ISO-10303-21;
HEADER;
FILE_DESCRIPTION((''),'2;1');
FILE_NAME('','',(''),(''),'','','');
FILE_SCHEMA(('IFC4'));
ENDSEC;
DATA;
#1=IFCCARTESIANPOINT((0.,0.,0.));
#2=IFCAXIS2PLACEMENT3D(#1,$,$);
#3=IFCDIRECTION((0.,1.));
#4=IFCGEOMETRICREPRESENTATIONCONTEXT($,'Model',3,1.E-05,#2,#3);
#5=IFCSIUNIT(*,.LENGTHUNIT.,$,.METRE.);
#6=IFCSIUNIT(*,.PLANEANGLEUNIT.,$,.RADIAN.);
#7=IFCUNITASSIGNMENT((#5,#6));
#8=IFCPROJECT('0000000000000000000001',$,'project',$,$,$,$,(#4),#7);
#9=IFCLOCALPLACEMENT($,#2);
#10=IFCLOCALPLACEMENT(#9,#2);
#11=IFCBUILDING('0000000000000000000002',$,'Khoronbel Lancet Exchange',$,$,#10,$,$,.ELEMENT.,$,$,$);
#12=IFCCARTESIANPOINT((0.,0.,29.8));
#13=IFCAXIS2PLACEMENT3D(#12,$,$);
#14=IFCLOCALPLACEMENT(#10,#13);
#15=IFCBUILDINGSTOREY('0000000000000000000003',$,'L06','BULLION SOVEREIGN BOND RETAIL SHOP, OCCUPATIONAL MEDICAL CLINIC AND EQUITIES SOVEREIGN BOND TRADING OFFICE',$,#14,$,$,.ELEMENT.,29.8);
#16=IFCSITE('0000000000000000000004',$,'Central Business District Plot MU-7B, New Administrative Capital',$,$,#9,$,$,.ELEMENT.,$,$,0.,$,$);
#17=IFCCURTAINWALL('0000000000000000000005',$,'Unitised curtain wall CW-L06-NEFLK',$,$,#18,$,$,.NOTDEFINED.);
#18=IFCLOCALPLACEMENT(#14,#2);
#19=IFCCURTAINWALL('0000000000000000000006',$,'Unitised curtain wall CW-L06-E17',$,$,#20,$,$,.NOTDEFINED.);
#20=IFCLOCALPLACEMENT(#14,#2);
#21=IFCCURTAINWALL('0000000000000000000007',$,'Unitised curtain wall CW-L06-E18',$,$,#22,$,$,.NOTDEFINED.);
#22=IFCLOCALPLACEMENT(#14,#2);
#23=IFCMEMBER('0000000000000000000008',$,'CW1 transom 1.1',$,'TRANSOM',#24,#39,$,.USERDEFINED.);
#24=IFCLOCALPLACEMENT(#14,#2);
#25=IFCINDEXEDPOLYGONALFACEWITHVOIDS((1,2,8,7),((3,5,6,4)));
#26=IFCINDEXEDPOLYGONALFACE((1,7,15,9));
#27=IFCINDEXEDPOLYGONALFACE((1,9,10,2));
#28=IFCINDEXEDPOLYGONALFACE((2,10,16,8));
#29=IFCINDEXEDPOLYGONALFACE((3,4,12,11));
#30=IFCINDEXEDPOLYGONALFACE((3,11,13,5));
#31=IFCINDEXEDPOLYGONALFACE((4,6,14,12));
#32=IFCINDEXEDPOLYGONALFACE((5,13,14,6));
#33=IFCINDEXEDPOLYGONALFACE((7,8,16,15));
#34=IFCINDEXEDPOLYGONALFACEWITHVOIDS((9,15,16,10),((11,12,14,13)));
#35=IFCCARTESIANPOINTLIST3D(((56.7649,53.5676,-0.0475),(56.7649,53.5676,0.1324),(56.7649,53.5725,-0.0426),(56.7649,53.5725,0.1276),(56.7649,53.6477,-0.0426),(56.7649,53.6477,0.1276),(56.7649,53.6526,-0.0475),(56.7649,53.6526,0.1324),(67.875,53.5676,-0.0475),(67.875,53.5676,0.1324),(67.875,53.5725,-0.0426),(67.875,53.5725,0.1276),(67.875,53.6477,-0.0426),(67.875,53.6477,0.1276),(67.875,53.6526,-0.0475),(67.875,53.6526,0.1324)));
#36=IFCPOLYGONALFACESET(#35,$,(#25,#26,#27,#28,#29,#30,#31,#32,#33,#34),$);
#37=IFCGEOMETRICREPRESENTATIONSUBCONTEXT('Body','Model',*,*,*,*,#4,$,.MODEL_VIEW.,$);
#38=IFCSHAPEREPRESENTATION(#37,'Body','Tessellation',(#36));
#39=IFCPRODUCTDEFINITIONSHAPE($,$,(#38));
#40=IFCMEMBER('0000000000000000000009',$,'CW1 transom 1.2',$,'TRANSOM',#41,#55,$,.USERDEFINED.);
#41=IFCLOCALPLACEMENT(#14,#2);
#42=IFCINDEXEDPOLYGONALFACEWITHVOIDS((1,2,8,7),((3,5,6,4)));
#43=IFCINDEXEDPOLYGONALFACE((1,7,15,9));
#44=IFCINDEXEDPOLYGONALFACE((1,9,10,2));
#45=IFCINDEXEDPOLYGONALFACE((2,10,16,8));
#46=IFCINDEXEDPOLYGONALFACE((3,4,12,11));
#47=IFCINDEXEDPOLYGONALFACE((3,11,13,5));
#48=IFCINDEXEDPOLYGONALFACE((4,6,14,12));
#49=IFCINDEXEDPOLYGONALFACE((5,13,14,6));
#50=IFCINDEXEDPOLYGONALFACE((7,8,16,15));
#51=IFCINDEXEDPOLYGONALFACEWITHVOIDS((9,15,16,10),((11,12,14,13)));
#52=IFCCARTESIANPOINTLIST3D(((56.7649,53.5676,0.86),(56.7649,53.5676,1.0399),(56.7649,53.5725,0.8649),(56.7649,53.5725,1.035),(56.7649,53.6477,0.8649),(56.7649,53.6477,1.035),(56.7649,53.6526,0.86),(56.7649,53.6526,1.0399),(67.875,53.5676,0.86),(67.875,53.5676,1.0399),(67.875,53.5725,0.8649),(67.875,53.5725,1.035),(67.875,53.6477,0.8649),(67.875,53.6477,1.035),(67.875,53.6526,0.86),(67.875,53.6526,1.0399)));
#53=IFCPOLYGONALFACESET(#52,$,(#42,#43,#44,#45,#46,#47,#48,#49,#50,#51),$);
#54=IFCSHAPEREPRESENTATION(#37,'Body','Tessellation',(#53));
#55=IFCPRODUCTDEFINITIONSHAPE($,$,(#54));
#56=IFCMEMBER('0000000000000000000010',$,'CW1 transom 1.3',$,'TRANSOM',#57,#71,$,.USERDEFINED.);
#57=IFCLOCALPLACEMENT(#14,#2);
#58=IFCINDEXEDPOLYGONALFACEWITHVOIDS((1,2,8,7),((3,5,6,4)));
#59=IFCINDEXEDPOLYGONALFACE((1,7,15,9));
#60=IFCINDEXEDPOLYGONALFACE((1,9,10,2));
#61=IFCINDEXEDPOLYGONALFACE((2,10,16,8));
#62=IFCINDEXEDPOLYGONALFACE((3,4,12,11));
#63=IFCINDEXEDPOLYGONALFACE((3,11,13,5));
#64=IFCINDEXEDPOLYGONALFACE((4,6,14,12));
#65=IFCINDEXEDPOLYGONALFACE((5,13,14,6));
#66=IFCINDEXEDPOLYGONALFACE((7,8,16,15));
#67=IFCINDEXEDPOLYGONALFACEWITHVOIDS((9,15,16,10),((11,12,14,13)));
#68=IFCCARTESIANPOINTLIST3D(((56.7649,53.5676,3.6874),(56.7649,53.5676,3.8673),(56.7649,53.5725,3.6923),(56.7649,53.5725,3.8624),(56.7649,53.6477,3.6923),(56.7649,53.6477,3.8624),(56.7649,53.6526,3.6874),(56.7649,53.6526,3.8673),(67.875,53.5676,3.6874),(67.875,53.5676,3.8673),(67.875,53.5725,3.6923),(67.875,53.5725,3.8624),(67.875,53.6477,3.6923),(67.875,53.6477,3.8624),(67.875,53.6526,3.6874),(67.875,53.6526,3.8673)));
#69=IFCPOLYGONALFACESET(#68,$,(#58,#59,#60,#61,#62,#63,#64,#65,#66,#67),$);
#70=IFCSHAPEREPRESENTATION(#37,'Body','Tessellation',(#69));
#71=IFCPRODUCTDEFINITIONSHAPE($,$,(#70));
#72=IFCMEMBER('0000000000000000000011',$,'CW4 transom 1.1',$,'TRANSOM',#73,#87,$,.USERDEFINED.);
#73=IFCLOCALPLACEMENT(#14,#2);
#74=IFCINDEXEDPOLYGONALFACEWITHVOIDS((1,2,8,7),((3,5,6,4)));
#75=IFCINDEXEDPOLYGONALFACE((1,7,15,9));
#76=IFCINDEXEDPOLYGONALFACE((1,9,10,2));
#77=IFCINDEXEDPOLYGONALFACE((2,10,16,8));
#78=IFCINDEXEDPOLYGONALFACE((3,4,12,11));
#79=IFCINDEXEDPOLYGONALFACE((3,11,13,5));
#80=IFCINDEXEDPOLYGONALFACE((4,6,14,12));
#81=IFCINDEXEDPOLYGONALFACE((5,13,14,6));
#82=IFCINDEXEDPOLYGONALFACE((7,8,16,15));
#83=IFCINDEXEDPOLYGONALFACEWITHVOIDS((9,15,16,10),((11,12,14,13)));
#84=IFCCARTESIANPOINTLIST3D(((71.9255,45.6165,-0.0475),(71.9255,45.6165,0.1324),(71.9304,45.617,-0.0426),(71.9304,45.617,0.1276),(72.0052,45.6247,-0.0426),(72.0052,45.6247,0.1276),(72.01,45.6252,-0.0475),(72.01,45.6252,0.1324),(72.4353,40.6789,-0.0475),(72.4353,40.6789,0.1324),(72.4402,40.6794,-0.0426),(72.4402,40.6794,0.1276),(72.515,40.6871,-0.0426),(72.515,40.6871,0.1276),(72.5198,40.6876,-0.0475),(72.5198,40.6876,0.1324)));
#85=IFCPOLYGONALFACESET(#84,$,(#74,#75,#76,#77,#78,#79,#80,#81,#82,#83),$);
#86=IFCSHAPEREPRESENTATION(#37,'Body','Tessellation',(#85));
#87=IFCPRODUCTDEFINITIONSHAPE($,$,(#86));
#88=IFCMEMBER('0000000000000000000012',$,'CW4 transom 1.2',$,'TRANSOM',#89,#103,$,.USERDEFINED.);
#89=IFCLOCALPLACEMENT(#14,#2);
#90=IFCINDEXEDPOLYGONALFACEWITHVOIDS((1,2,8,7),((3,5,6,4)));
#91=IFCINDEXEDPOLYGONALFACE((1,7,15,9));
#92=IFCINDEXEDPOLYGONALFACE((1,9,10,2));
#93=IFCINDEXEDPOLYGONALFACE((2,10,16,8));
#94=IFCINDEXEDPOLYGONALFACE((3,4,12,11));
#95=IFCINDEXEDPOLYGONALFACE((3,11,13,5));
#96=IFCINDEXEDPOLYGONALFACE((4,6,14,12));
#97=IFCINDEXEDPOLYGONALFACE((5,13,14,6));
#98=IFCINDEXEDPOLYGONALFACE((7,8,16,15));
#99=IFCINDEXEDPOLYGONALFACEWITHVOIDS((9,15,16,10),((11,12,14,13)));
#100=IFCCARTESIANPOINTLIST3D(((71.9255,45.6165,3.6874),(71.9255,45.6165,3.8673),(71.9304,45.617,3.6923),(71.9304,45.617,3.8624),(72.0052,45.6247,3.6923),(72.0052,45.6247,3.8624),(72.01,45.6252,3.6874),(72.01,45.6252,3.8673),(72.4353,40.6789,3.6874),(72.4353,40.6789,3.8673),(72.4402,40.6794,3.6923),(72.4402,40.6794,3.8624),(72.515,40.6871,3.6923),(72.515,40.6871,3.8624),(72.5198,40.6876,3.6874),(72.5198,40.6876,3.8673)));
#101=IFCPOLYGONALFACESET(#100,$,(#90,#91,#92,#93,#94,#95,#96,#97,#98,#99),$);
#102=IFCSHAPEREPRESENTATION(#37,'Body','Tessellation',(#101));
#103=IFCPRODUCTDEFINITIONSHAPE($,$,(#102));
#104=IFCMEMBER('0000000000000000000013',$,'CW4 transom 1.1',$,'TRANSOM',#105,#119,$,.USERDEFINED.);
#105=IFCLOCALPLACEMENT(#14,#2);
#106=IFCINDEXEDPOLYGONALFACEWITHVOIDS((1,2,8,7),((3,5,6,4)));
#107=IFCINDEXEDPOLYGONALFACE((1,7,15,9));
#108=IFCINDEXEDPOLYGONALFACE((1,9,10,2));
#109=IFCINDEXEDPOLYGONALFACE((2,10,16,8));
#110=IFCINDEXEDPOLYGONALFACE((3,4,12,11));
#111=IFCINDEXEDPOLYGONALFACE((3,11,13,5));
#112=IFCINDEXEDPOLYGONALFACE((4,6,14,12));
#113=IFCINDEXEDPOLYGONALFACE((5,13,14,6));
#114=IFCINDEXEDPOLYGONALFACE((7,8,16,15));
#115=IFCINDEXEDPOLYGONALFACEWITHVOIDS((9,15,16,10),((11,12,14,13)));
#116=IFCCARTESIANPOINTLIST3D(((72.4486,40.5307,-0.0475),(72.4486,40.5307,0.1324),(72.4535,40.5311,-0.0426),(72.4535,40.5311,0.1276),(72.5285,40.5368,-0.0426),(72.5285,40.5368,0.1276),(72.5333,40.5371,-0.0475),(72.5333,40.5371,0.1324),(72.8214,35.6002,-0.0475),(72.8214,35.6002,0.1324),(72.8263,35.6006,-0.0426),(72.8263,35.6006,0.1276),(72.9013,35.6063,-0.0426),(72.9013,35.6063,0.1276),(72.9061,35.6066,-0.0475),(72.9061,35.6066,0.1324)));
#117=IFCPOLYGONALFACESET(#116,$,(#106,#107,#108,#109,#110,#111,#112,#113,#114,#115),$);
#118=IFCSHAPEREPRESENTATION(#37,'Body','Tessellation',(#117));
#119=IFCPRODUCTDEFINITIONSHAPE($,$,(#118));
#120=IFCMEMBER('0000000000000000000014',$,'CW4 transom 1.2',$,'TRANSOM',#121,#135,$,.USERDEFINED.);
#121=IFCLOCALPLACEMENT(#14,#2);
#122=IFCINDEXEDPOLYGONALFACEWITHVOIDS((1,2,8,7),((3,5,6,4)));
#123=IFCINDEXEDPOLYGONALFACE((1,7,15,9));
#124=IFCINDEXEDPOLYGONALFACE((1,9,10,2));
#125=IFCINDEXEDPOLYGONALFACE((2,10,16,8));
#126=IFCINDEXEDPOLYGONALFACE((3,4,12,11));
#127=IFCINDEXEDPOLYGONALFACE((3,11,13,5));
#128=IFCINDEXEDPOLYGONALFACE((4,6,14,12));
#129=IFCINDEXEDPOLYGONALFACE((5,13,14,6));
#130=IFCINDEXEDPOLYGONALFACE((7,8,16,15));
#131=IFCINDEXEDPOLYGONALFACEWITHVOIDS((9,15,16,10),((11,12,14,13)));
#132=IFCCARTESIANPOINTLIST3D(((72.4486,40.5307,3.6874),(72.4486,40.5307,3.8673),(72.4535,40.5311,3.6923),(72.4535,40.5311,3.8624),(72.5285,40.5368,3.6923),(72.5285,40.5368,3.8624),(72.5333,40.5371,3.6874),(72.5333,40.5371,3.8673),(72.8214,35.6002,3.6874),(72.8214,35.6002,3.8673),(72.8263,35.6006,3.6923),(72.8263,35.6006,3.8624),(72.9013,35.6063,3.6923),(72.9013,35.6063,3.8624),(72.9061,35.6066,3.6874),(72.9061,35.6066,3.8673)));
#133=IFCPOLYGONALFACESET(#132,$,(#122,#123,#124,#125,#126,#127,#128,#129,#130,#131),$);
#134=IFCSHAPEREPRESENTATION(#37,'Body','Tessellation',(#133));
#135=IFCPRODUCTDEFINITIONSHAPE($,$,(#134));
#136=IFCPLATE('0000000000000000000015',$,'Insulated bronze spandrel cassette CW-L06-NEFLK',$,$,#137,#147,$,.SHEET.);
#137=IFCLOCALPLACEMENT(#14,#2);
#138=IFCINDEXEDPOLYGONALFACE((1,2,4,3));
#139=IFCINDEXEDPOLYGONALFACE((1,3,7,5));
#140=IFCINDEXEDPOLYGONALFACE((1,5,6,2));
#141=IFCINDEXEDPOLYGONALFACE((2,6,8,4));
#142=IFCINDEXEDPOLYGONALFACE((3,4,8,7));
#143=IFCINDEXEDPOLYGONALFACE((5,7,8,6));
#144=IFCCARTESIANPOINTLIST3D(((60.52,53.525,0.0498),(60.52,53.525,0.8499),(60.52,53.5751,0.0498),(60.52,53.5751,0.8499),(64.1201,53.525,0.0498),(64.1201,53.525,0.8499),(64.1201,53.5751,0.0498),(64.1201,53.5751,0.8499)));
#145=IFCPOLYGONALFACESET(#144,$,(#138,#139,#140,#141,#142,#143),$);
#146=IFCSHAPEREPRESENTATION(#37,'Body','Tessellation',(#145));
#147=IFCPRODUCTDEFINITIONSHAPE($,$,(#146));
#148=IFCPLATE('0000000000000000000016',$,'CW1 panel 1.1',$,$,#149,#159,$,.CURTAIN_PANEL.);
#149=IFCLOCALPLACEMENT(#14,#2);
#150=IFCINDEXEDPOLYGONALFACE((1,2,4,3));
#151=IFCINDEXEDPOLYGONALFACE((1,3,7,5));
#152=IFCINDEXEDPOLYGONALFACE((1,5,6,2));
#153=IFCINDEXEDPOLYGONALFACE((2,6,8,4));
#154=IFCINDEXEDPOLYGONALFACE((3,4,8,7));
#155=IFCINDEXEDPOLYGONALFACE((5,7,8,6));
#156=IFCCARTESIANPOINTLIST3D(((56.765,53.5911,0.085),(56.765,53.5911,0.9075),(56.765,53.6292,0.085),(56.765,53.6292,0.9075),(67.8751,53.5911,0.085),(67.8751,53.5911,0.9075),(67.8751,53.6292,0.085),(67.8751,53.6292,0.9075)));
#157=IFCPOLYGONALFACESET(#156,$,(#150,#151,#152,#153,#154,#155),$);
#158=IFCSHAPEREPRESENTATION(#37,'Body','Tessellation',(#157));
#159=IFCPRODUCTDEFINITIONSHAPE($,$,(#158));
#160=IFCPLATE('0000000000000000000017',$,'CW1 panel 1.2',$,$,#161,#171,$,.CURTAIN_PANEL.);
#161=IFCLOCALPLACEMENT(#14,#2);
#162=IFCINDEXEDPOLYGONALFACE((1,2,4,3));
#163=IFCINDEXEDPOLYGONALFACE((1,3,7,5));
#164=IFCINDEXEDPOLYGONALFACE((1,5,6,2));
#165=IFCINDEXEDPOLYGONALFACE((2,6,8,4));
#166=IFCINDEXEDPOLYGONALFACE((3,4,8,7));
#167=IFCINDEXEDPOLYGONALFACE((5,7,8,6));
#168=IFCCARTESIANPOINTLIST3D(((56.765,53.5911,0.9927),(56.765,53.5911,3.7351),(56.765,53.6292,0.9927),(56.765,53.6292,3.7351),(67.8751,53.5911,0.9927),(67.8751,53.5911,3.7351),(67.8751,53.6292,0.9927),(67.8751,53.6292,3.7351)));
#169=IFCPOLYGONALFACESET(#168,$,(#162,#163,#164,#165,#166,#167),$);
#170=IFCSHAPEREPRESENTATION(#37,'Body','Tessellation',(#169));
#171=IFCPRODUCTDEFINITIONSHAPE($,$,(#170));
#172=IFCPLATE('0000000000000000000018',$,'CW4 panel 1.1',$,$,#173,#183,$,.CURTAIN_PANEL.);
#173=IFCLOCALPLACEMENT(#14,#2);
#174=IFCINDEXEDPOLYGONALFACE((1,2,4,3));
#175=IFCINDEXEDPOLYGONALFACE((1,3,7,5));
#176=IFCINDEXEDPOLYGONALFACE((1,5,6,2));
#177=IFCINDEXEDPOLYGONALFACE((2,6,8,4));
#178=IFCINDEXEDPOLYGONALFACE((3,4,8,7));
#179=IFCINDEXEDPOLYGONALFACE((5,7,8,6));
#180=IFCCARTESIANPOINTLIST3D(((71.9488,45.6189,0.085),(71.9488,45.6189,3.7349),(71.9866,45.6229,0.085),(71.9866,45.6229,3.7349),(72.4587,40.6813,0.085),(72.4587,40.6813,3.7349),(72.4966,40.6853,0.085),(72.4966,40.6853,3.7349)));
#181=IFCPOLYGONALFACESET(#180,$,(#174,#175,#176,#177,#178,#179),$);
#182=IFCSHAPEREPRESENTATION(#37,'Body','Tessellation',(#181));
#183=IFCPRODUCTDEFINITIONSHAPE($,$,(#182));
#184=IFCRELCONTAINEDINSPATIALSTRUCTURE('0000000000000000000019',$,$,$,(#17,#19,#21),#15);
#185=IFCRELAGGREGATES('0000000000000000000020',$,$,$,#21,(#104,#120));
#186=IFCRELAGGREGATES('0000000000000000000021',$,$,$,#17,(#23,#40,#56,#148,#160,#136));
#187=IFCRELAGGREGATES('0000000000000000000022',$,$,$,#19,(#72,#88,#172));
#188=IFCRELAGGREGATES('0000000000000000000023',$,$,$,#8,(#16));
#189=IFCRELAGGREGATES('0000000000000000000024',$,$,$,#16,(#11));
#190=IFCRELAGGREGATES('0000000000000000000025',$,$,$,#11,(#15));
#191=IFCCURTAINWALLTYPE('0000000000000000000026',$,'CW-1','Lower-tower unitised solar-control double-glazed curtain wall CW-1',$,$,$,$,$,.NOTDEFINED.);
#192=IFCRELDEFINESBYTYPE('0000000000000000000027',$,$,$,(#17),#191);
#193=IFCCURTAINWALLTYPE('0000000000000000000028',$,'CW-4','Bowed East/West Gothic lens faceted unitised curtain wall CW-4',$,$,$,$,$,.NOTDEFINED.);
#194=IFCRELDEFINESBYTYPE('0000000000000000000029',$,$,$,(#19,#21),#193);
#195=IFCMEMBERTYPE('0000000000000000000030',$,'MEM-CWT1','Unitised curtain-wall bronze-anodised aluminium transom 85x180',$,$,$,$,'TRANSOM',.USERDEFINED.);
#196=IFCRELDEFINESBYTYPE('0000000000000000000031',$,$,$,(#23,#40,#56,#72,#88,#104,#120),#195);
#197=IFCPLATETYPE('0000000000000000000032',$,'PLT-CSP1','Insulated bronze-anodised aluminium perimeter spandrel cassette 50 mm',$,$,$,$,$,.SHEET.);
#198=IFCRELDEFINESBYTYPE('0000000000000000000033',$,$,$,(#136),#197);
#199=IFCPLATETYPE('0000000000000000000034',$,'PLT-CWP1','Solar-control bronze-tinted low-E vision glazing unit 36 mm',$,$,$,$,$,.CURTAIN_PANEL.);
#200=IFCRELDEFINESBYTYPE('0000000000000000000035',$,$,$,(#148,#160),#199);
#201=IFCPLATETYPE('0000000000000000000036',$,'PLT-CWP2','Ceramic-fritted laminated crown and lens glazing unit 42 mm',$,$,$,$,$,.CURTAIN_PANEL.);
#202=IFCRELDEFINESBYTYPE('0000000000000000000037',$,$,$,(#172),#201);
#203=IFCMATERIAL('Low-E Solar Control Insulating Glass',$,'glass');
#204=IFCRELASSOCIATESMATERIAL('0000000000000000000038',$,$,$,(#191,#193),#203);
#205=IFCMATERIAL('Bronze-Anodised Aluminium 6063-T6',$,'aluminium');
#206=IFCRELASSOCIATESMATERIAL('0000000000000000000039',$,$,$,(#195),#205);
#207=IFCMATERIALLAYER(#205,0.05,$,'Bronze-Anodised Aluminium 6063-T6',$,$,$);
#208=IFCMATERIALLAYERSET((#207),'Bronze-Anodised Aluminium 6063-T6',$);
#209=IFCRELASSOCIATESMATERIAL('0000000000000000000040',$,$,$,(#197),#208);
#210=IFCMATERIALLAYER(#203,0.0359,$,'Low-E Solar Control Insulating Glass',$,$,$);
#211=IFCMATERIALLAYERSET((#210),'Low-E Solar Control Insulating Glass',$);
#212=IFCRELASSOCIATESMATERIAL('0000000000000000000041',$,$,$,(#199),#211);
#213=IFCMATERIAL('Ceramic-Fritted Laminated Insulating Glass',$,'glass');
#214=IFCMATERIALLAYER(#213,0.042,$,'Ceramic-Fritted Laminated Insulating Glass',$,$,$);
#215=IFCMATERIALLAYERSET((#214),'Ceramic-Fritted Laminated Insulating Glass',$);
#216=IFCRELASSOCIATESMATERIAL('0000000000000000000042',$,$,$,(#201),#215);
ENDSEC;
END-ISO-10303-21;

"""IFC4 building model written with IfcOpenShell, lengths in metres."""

from ifc_helpers import new_model, si_unit, direction, frame, origin, origin_2d, place, context, subcontext, project, spatial, rectangle, hollow_rectangle, extrude, material, layer, layer_set, material_profile, profile_set, type_object, element, aggregate, save


model = new_model("IFC4")

# Units and contexts
model_context = context("Model", 3, precision=1e-05, world=origin(), true_north=direction((0.0, 1.0)))
body_context = subcontext(model_context, "Body", "Model", "MODEL_VIEW")
ifc_project = project(units=[si_unit("LENGTHUNIT", "METRE"), si_unit("PLANEANGLEUNIT", "RADIAN")], contexts=[model_context])

# Site, building, storey
site_placement = place(None, origin())
site = spatial("IfcSite", under=ifc_project, at=site_placement, Name="Central Business District Plot MU-7B, New Administrative Capital", CompositionType="ELEMENT", RefElevation=0.0)
building_placement = place(site_placement, origin())
building = spatial("IfcBuilding", under=site, at=building_placement, Name="Khoronbel Lancet Exchange", CompositionType="ELEMENT")
storey_placement = place(building_placement, frame((0.0, 0.0, 29.8)))
storey = spatial("IfcBuildingStorey", under=building, at=storey_placement, Name="L06", Description="BULLION SOVEREIGN BOND RETAIL SHOP, OCCUPATIONAL MEDICAL CLINIC AND EQUITIES SOVEREIGN BOND TRADING OFFICE", CompositionType="ELEMENT", Elevation=29.8)

# Curtain walls
ifc_material_1 = material(Name="Low-E Solar Control Insulating Glass", Category="glass")
curtain_wall_type_1 = type_object("IfcCurtainWallType", Name="CW-1", Description="Lower-tower unitised solar-control double-glazed curtain wall CW-1", PredefinedType="NOTDEFINED", material=ifc_material_1)
curtain_wall_1_placement = place(storey_placement, origin())
curtain_wall_1 = element("IfcCurtainWall", 1, at=curtain_wall_1_placement, inside=storey, type_object=curtain_wall_type_1, Name="Unitised curtain wall CW-L06-NEFLK", PredefinedType="NOTDEFINED")
ifc_material_2 = material(Name="Bronze-Anodised Aluminium 6063-T6", Category="aluminium")
curtain_wall_type_2 = type_object("IfcCurtainWallType", Name="CW-4", Description="Bowed East/West Gothic lens faceted unitised curtain wall CW-4", PredefinedType="NOTDEFINED", material=ifc_material_1)
curtain_wall_2_placement = place(storey_placement, origin())
curtain_wall_2 = element("IfcCurtainWall", 2, at=curtain_wall_2_placement, inside=storey, type_object=curtain_wall_type_2, Name="Unitised curtain wall CW-L06-E17", PredefinedType="NOTDEFINED")

# Curtain wall
curtain_wall_3_placement = place(storey_placement, origin())
curtain_wall_3 = element("IfcCurtainWall", 3, at=curtain_wall_3_placement, inside=storey, type_object=curtain_wall_type_2, Name="Unitised curtain wall CW-L06-E18", PredefinedType="NOTDEFINED")

# Members
ifc_material_profile_1 = material_profile(ifc_material_2, hollow_rectangle(XDim=0.085, YDim=0.1799, WallThickness=0.0049, at=origin_2d()), Name="ALU TRANSOM 85x180")
ifc_profile_set_1 = profile_set([ifc_material_profile_1], Name="Bronze-Anodised Aluminium 6063-T6")
member_type_1 = type_object("IfcMemberType", Name="MEM-CWT1", Description="Unitised curtain-wall bronze-anodised aluminium transom 85x180", ElementType="TRANSOM", PredefinedType="USERDEFINED", material=ifc_profile_set_1)
member_1_placement = place(storey_placement, frame((67.875, 53.6101, 0.0425), z_axis=(-1.0, 0.0, 0.0), x_axis=(0.0, -1.0, 0.0)))
member_1 = element("IfcMember", 4, at=member_1_placement, type_object=member_type_1, Name="CW1 transom 1.1", ObjectType="TRANSOM", PredefinedType="USERDEFINED", context=body_context, shape_type="SweptSolid", body=[
    extrude(hollow_rectangle(XDim=0.085, YDim=0.1799, WallThickness=0.0049, at=origin_2d()), origin(), (0.0, 0.0, 1.0), 11.1101),
])
member_2_placement = place(storey_placement, frame((67.875, 53.6101, 0.95), z_axis=(-1.0, 0.0, 0.0), x_axis=(0.0, -1.0, 0.0)))
member_2 = element("IfcMember", 5, at=member_2_placement, type_object=member_type_1, Name="CW1 transom 1.2", ObjectType="TRANSOM", PredefinedType="USERDEFINED", context=body_context, shape_type="SweptSolid", body=[
    extrude(hollow_rectangle(XDim=0.085, YDim=0.1799, WallThickness=0.0049, at=origin_2d()), origin(), (0.0, 0.0, 1.0), 11.1101),
])
member_3_placement = place(storey_placement, frame((67.875, 53.6101, 3.7773), z_axis=(-1.0, 0.0, 0.0), x_axis=(0.0, -1.0, 0.0)))
member_3 = element("IfcMember", 6, at=member_3_placement, type_object=member_type_1, Name="CW1 transom 1.3", ObjectType="TRANSOM", PredefinedType="USERDEFINED", context=body_context, shape_type="SweptSolid", body=[
    extrude(hollow_rectangle(XDim=0.085, YDim=0.1799, WallThickness=0.0049, at=origin_2d()), origin(), (0.0, 0.0, 1.0), 11.1101),
])
member_4_placement = place(storey_placement, frame((71.9678, 45.6208, 0.0425), z_axis=(0.102698, -0.994713, 0.0), x_axis=(0.994713, 0.102698, 0.0)))
member_4 = element("IfcMember", 7, at=member_4_placement, type_object=member_type_1, Name="CW4 transom 1.1", ObjectType="TRANSOM", PredefinedType="USERDEFINED", context=body_context, shape_type="SweptSolid", body=[
    extrude(hollow_rectangle(XDim=0.085, YDim=0.1799, WallThickness=0.0049, at=origin_2d()), origin(), (0.0, 0.0, 1.0), 4.9639),
])
member_5_placement = place(storey_placement, frame((71.9678, 45.6208, 3.7773), z_axis=(0.102698, -0.994713, 0.0), x_axis=(0.994713, 0.102698, 0.0)))
member_5 = element("IfcMember", 8, at=member_5_placement, type_object=member_type_1, Name="CW4 transom 1.2", ObjectType="TRANSOM", PredefinedType="USERDEFINED", context=body_context, shape_type="SweptSolid", body=[
    extrude(hollow_rectangle(XDim=0.085, YDim=0.1799, WallThickness=0.0049, at=origin_2d()), origin(), (0.0, 0.0, 1.0), 4.9639),
])
member_6_placement = place(storey_placement, frame((72.491, 40.5339, 0.0425), z_axis=(0.075398, -0.997154, 0.0), x_axis=(0.997154, 0.075398, 0.0)))
member_6 = element("IfcMember", 9, at=member_6_placement, type_object=member_type_1, Name="CW4 transom 1.1", ObjectType="TRANSOM", PredefinedType="USERDEFINED", context=body_context, shape_type="SweptSolid", body=[
    extrude(hollow_rectangle(XDim=0.085, YDim=0.1799, WallThickness=0.0049, at=origin_2d()), origin(), (0.0, 0.0, 1.0), 4.9446),
])
member_7_placement = place(storey_placement, frame((72.491, 40.5339, 3.7773), z_axis=(0.075398, -0.997154, 0.0), x_axis=(0.997154, 0.075398, 0.0)))
member_7 = element("IfcMember", 10, at=member_7_placement, type_object=member_type_1, Name="CW4 transom 1.2", ObjectType="TRANSOM", PredefinedType="USERDEFINED", context=body_context, shape_type="SweptSolid", body=[
    extrude(hollow_rectangle(XDim=0.085, YDim=0.1799, WallThickness=0.0049, at=origin_2d()), origin(), (0.0, 0.0, 1.0), 4.9446),
])
aggregate(curtain_wall_3, [member_6, member_7])

# Plates
ifc_layer_1 = layer(ifc_material_2, 0.05, Name="Bronze-Anodised Aluminium 6063-T6")
ifc_layer_set_1 = layer_set([ifc_layer_1], Name="Bronze-Anodised Aluminium 6063-T6")
plate_type_1 = type_object("IfcPlateType", Name="PLT-CSP1", Description="Insulated bronze-anodised aluminium perimeter spandrel cassette 50 mm", PredefinedType="SHEET", material=ifc_layer_set_1)
plate_1_placement = place(storey_placement, frame((62.3201, 53.55, 0.0498), z_axis=(0.0, 0.0, 1.0), x_axis=(-1.0, 0.0, 0.0)))
plate_1 = element("IfcPlate", 11, at=plate_1_placement, type_object=plate_type_1, Name="Insulated bronze spandrel cassette CW-L06-NEFLK", PredefinedType="SHEET", context=body_context, shape_type="SweptSolid", body=[
    extrude(rectangle(XDim=3.6001, YDim=0.05, at=origin_2d()), origin(), (0.0, 0.0, 1.0), 0.8),
])
ifc_layer_2 = layer(ifc_material_1, 0.0359, Name="Low-E Solar Control Insulating Glass")
ifc_layer_set_2 = layer_set([ifc_layer_2], Name="Low-E Solar Control Insulating Glass")
plate_type_2 = type_object("IfcPlateType", Name="PLT-CWP1", Description="Solar-control bronze-tinted low-E vision glazing unit 36 mm", PredefinedType="CURTAIN_PANEL", material=ifc_layer_set_2)
plate_2_placement = place(storey_placement, frame((62.3201, 53.6101, 0.085), z_axis=(0.0, 0.0, 1.0), x_axis=(-1.0, 0.0, 0.0)))
plate_2 = element("IfcPlate", 12, at=plate_2_placement, type_object=plate_type_2, Name="CW1 panel 1.1", PredefinedType="CURTAIN_PANEL", context=body_context, shape_type="SweptSolid", body=[
    extrude(rectangle(XDim=11.1101, YDim=0.0381, at=origin_2d()), origin(), (0.0, 0.0, 1.0), 0.8225),
])
plate_3_placement = place(storey_placement, frame((62.3201, 53.6101, 0.9927), z_axis=(0.0, 0.0, 1.0), x_axis=(-1.0, 0.0, 0.0)))
plate_3 = element("IfcPlate", 13, at=plate_3_placement, type_object=plate_type_2, Name="CW1 panel 1.2", PredefinedType="CURTAIN_PANEL", context=body_context, shape_type="SweptSolid", body=[
    extrude(rectangle(XDim=11.1101, YDim=0.0381, at=origin_2d()), origin(), (0.0, 0.0, 1.0), 2.7424),
])
aggregate(curtain_wall_1, [member_1, member_2, member_3, plate_2, plate_3, plate_1])
ifc_material_3 = material(Name="Ceramic-Fritted Laminated Insulating Glass", Category="glass")
ifc_layer_3 = layer(ifc_material_3, 0.042, Name="Ceramic-Fritted Laminated Insulating Glass")
ifc_layer_set_3 = layer_set([ifc_layer_3], Name="Ceramic-Fritted Laminated Insulating Glass")
plate_type_3 = type_object("IfcPlateType", Name="PLT-CWP2", Description="Ceramic-fritted laminated crown and lens glazing unit 42 mm", PredefinedType="CURTAIN_PANEL", material=ifc_layer_set_3)
plate_4_placement = place(storey_placement, frame((72.2227, 43.1521, 0.085), z_axis=(0.0, 0.0, 1.0), x_axis=(0.102723, -0.99471, 0.0)))
plate_4 = element("IfcPlate", 14, at=plate_4_placement, type_object=plate_type_3, Name="CW4 panel 1.1", PredefinedType="CURTAIN_PANEL", context=body_context, shape_type="SweptSolid", body=[
    extrude(rectangle(XDim=4.9639, YDim=0.0381, at=origin_2d()), origin(), (0.0, 0.0, 1.0), 3.6499),
])
aggregate(curtain_wall_2, [member_4, member_5, plate_4])

save(model, "model.ifc")
